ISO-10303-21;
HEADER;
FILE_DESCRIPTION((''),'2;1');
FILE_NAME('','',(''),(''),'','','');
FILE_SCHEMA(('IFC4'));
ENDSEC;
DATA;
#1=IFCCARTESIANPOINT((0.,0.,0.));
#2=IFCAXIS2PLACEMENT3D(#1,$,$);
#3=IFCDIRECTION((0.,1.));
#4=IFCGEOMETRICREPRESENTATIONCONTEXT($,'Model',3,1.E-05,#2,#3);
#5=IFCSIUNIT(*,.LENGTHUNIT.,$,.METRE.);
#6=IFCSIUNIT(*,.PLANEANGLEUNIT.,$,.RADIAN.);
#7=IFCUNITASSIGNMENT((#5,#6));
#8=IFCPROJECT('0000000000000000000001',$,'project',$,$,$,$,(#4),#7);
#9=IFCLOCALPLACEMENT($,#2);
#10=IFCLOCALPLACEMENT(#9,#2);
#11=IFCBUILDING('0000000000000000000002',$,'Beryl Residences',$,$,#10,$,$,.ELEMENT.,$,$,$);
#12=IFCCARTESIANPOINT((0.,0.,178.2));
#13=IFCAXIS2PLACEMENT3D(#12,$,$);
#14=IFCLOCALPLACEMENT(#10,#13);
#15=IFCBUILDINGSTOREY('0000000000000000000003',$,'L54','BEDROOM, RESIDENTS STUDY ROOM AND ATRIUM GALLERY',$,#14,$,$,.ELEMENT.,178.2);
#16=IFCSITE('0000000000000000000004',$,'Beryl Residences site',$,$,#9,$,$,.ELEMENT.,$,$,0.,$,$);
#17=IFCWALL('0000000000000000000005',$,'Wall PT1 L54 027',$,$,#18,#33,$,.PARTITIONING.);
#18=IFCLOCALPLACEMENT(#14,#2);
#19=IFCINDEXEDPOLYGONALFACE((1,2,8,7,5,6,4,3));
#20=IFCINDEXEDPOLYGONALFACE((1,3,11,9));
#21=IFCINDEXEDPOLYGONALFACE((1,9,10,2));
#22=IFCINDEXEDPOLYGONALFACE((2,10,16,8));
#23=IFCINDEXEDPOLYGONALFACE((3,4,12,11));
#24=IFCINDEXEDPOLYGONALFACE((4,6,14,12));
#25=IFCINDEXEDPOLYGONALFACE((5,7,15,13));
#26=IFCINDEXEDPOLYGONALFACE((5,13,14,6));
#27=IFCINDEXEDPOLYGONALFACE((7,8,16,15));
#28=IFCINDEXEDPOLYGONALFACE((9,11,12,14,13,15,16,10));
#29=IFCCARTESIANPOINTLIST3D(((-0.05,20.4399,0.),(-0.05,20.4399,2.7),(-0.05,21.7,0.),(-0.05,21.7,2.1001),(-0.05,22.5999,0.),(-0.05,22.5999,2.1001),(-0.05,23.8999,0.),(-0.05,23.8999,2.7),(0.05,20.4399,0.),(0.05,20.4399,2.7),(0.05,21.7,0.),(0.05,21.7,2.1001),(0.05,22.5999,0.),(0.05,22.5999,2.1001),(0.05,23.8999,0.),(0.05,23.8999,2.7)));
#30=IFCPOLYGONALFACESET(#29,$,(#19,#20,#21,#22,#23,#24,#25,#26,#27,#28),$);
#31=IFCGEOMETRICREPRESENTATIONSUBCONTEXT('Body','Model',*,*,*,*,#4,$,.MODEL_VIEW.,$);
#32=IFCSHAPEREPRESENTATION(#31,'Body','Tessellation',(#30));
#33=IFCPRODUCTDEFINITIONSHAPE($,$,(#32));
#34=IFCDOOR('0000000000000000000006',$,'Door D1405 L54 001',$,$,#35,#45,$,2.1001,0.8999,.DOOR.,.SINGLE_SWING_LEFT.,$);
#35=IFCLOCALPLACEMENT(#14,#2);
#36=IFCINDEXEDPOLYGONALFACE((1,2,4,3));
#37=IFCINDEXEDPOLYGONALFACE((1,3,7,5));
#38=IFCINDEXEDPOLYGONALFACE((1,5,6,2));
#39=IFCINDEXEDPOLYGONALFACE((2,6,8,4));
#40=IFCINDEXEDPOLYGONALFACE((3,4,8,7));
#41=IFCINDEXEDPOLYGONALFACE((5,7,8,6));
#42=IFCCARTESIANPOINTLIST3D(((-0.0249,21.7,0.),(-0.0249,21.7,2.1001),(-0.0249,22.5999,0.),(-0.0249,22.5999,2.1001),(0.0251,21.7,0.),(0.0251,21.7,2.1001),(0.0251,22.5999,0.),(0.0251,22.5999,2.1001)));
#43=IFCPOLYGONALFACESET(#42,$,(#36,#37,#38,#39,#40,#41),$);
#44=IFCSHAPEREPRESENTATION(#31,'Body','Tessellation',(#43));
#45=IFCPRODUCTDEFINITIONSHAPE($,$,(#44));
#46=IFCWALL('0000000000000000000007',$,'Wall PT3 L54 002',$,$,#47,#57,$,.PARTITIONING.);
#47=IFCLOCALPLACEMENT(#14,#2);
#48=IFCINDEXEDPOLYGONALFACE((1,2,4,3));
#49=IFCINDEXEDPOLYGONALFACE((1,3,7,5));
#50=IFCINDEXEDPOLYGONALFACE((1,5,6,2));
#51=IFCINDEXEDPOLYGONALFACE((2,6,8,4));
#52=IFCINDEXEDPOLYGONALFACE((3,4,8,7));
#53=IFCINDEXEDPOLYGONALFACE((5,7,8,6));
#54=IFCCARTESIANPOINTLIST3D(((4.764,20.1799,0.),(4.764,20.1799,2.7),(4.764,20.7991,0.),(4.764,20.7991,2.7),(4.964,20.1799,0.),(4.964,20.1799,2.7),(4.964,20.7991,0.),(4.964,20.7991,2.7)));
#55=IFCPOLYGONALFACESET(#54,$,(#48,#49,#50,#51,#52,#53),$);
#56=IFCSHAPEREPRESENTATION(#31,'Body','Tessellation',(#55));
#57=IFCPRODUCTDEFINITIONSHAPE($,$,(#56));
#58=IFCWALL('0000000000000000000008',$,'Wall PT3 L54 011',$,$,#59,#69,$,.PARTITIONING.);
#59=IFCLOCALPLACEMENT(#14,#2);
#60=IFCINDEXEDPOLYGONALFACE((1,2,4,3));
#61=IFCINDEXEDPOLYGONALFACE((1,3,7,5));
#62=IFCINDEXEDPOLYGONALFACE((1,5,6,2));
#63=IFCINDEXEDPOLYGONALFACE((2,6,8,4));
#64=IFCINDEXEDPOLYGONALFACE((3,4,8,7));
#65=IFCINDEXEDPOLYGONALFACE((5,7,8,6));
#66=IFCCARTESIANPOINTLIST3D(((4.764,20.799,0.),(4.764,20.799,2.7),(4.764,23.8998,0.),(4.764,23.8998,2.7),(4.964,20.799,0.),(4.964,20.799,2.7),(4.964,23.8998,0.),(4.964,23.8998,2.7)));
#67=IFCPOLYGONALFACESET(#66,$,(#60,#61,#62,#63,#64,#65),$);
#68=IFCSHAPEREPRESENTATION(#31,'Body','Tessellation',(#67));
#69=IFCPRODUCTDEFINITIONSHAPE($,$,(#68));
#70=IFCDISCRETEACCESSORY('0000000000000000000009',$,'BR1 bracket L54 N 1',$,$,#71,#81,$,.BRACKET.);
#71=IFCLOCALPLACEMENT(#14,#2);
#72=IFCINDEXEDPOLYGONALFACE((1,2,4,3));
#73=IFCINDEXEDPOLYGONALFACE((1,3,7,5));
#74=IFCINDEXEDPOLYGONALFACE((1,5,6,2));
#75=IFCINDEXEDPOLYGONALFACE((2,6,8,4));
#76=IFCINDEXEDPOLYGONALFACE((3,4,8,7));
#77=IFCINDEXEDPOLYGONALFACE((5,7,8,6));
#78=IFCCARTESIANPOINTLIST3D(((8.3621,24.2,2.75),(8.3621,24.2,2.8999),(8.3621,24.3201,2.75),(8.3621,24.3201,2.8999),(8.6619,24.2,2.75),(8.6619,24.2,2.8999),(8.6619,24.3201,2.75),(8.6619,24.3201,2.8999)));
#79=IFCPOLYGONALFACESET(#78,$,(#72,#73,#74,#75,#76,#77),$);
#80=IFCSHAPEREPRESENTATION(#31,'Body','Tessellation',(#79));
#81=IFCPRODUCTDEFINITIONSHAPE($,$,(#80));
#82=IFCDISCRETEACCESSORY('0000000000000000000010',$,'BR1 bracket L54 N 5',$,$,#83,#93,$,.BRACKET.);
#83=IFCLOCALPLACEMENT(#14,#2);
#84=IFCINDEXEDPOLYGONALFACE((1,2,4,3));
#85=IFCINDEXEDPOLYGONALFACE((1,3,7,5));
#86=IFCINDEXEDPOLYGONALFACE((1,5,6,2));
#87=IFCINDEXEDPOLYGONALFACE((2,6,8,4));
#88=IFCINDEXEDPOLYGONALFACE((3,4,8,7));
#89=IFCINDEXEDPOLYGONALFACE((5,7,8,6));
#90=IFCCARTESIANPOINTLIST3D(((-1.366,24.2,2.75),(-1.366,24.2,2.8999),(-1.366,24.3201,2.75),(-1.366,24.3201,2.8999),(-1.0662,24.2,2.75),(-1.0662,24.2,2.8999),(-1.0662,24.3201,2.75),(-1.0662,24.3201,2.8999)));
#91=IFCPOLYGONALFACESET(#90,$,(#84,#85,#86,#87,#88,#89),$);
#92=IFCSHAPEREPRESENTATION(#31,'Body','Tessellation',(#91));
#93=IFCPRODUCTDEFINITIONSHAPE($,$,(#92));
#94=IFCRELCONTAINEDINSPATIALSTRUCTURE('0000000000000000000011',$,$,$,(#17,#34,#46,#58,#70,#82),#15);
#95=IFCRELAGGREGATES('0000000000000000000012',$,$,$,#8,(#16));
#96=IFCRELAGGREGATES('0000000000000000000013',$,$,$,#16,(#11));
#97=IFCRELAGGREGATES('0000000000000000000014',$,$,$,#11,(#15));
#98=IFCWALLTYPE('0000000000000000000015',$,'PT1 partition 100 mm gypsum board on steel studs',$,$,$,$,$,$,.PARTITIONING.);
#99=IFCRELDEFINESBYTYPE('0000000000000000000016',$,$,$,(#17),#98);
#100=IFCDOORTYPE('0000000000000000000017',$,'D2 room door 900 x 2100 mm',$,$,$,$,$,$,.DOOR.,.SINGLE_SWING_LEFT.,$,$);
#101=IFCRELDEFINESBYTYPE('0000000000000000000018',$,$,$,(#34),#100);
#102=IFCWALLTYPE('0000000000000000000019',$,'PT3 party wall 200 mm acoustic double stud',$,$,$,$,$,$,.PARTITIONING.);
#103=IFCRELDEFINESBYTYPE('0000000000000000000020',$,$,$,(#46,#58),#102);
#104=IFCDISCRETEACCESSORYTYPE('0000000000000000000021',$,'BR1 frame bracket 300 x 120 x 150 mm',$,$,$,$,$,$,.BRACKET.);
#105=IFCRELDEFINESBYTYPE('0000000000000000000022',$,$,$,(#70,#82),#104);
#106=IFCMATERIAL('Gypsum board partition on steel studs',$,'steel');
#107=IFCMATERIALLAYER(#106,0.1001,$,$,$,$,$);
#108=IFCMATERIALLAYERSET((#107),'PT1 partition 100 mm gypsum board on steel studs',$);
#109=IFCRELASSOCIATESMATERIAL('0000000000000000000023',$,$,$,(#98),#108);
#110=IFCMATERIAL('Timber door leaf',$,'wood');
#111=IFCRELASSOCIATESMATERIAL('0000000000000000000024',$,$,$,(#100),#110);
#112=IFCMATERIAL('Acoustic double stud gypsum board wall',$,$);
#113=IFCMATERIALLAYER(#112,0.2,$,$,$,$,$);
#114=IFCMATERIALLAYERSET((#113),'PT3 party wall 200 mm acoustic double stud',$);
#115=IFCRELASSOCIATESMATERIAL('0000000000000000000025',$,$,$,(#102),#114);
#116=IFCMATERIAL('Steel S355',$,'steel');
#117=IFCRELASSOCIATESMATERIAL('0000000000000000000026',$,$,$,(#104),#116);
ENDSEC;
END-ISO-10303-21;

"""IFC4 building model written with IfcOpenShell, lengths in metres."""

from ifc_helpers import new_model, si_unit, direction, frame, frame_2d, origin, place, context, subcontext, project, spatial, polyline, rectangle, outline, extrude, source, transform, mapped, material, layer, layer_set, type_object, type_shapes, element, fill, save


model = new_model("IFC4")

# Units and contexts
model_context = context("Model", 3, precision=1e-05, world=origin(), true_north=direction((0.0, 1.0)))
body_context = subcontext(model_context, "Body", "Model", "MODEL_VIEW")
ifc_project = project(units=[si_unit("LENGTHUNIT", "METRE"), si_unit("PLANEANGLEUNIT", "RADIAN")], contexts=[model_context])

# Site, building, storey
site_placement = place(None, origin())
site = spatial("IfcSite", under=ifc_project, at=site_placement, Name="Beryl Residences site", CompositionType="ELEMENT", RefElevation=0.0)
building_placement = place(site_placement, origin())
building = spatial("IfcBuilding", under=site, at=building_placement, Name="Beryl Residences", CompositionType="ELEMENT")
storey_placement = place(building_placement, frame((0.0, 0.0, 178.2)))
storey = spatial("IfcBuildingStorey", under=building, at=storey_placement, Name="L54", Description="BEDROOM, RESIDENTS STUDY ROOM AND ATRIUM GALLERY", CompositionType="ELEMENT", Elevation=178.2)

# Shared definitions
ifc_material_1 = material(Name="Gypsum board partition on steel studs", Category="steel")
ifc_layer_1 = layer(ifc_material_1, 0.1001)
ifc_layer_set_1 = layer_set([ifc_layer_1], Name="PT1 partition 100 mm gypsum board on steel studs")
wall_type_1 = type_object("IfcWallType", Name="PT1 partition 100 mm gypsum board on steel studs", PredefinedType="PARTITIONING", material=ifc_layer_set_1)
ifc_material_2 = material(Name="Timber door leaf", Category="wood")
door_type_1 = type_object("IfcDoorType", Name="D2 room door 900 x 2100 mm", OperationType="SINGLE_SWING_LEFT", PredefinedType="DOOR", material=ifc_material_2)

# Wall, opening, door
wall_1_placement = place(storey_placement, frame((0.0, 20.4399, 0.0), z_axis=(0.0, 0.0, 1.0), x_axis=(0.0, 1.0, 0.0)))
wall_1 = element("IfcWall", 1, at=wall_1_placement, inside=storey, type_object=wall_type_1, Name="Wall PT1 L54 027", PredefinedType="PARTITIONING", context=body_context, shape_type="SweptSolid", body=[
    extrude(rectangle(XDim=3.46, YDim=0.1001, at=frame_2d((1.73, 0.0))), origin(), (0.0, 0.0, 1.0), 2.7),
])
opening_1_placement = place(wall_1_placement, frame((1.26, 0.0, 0.0)))
opening_1 = element("IfcOpeningElement", 2, at=opening_1_placement, cuts=wall_1, PredefinedType="OPENING", context=body_context, shape_type="SweptSolid", body=[
    extrude(rectangle(XDim=0.8999, YDim=2.1001, at=frame_2d((0.45, 1.05))), frame((0.0, 0.0601, 0.0), z_axis=(0.0, -1.0, 0.0), x_axis=(1.0, 0.0, 0.0)), (0.0, 0.0, 1.0), 0.1201),
])
door_1_placement = place(opening_1_placement, origin())
door_1 = element("IfcDoor", 3, at=door_1_placement, inside=storey, type_object=door_type_1, Name="Door D1405 L54 001", OperationType="SINGLE_SWING_LEFT", OverallHeight=2.1001, OverallWidth=0.8999, PredefinedType="DOOR", context=body_context, shape_type="SweptSolid", body=[
    extrude(rectangle(XDim=0.8999, YDim=2.1001, at=frame_2d((0.45, 1.05))), frame((0.0, 0.0249, 0.0), z_axis=(0.0, -1.0, 0.0), x_axis=(1.0, 0.0, 0.0)), (0.0, 0.0, 1.0), 0.05),
])
fill(opening_1, door_1)

# Walls
ifc_material_3 = material(Name="Acoustic double stud gypsum board wall")
ifc_layer_2 = layer(ifc_material_3, 0.2)
ifc_layer_set_2 = layer_set([ifc_layer_2], Name="PT3 party wall 200 mm acoustic double stud")
wall_type_2 = type_object("IfcWallType", Name="PT3 party wall 200 mm acoustic double stud", PredefinedType="PARTITIONING", material=ifc_layer_set_2)
wall_2_placement = place(storey_placement, frame((4.864, 20.7991, 0.0), z_axis=(0.0, 0.0, 1.0), x_axis=(0.0, -1.0, 0.0)))
element("IfcWall", 4, at=wall_2_placement, inside=storey, type_object=wall_type_2, Name="Wall PT3 L54 002", PredefinedType="PARTITIONING", context=body_context, shape_type="SweptSolid", body=[
    extrude(rectangle(XDim=0.6191, YDim=0.2, at=frame_2d((0.3096, 0.0))), origin(), (0.0, 0.0, 1.0), 2.7),
])
wall_3_placement = place(storey_placement, frame((4.864, 20.7991, 0.0), z_axis=(0.0, 0.0, 1.0), x_axis=(0.0, 1.0, 0.0)))
element("IfcWall", 5, at=wall_3_placement, inside=storey, type_object=wall_type_2, Name="Wall PT3 L54 011", PredefinedType="PARTITIONING", context=body_context, shape_type="SweptSolid", body=[
    extrude(rectangle(XDim=3.1008, YDim=0.2, at=frame_2d((1.5503, 0.0))), origin(), (0.0, 0.0, 1.0), 2.7),
])

# Discrete accessories
ifc_material_4 = material(Name="Steel S355", Category="steel")
discrete_accessory_type = type_object("IfcDiscreteAccessoryType", Name="BR1 frame bracket 300 x 120 x 150 mm", PredefinedType="BRACKET", material=ifc_material_4)
shared_shape_1 = source(origin(), body_context, "Body", "SweptSolid", [
    extrude(outline(polyline([(-0.1499, 0.0), (0.1499, 0.0), (0.1499, 0.1201), (-0.1499, 0.1201), (-0.1499, 0.0)])), origin(), (0.0, 0.0, 1.0), 0.1499),
])
type_shapes(discrete_accessory_type, [shared_shape_1])
for number, where, z_axis, x_axis, name in (
    (6, (8.512, 24.2, 2.75), (0.0, 0.0, 1.0), (1.0, 0.0, 0.0), "BR1 bracket L54 N 1"),
    (7, (-1.2161, 24.2, 2.75), (0.0, 0.0, 1.0), (1.0, 0.0, 0.0), "BR1 bracket L54 N 5"),
):
    element("IfcDiscreteAccessory", number, at=place(storey_placement, frame(where, z_axis=z_axis, x_axis=x_axis)), inside=storey, type_object=discrete_accessory_type, Name=name, PredefinedType="BRACKET", context=body_context, shape_type="MappedRepresentation", body=[
        mapped(shared_shape_1, transform((0.0, 0.0, 0.0))),
    ])

save(model, "model.ifc")
